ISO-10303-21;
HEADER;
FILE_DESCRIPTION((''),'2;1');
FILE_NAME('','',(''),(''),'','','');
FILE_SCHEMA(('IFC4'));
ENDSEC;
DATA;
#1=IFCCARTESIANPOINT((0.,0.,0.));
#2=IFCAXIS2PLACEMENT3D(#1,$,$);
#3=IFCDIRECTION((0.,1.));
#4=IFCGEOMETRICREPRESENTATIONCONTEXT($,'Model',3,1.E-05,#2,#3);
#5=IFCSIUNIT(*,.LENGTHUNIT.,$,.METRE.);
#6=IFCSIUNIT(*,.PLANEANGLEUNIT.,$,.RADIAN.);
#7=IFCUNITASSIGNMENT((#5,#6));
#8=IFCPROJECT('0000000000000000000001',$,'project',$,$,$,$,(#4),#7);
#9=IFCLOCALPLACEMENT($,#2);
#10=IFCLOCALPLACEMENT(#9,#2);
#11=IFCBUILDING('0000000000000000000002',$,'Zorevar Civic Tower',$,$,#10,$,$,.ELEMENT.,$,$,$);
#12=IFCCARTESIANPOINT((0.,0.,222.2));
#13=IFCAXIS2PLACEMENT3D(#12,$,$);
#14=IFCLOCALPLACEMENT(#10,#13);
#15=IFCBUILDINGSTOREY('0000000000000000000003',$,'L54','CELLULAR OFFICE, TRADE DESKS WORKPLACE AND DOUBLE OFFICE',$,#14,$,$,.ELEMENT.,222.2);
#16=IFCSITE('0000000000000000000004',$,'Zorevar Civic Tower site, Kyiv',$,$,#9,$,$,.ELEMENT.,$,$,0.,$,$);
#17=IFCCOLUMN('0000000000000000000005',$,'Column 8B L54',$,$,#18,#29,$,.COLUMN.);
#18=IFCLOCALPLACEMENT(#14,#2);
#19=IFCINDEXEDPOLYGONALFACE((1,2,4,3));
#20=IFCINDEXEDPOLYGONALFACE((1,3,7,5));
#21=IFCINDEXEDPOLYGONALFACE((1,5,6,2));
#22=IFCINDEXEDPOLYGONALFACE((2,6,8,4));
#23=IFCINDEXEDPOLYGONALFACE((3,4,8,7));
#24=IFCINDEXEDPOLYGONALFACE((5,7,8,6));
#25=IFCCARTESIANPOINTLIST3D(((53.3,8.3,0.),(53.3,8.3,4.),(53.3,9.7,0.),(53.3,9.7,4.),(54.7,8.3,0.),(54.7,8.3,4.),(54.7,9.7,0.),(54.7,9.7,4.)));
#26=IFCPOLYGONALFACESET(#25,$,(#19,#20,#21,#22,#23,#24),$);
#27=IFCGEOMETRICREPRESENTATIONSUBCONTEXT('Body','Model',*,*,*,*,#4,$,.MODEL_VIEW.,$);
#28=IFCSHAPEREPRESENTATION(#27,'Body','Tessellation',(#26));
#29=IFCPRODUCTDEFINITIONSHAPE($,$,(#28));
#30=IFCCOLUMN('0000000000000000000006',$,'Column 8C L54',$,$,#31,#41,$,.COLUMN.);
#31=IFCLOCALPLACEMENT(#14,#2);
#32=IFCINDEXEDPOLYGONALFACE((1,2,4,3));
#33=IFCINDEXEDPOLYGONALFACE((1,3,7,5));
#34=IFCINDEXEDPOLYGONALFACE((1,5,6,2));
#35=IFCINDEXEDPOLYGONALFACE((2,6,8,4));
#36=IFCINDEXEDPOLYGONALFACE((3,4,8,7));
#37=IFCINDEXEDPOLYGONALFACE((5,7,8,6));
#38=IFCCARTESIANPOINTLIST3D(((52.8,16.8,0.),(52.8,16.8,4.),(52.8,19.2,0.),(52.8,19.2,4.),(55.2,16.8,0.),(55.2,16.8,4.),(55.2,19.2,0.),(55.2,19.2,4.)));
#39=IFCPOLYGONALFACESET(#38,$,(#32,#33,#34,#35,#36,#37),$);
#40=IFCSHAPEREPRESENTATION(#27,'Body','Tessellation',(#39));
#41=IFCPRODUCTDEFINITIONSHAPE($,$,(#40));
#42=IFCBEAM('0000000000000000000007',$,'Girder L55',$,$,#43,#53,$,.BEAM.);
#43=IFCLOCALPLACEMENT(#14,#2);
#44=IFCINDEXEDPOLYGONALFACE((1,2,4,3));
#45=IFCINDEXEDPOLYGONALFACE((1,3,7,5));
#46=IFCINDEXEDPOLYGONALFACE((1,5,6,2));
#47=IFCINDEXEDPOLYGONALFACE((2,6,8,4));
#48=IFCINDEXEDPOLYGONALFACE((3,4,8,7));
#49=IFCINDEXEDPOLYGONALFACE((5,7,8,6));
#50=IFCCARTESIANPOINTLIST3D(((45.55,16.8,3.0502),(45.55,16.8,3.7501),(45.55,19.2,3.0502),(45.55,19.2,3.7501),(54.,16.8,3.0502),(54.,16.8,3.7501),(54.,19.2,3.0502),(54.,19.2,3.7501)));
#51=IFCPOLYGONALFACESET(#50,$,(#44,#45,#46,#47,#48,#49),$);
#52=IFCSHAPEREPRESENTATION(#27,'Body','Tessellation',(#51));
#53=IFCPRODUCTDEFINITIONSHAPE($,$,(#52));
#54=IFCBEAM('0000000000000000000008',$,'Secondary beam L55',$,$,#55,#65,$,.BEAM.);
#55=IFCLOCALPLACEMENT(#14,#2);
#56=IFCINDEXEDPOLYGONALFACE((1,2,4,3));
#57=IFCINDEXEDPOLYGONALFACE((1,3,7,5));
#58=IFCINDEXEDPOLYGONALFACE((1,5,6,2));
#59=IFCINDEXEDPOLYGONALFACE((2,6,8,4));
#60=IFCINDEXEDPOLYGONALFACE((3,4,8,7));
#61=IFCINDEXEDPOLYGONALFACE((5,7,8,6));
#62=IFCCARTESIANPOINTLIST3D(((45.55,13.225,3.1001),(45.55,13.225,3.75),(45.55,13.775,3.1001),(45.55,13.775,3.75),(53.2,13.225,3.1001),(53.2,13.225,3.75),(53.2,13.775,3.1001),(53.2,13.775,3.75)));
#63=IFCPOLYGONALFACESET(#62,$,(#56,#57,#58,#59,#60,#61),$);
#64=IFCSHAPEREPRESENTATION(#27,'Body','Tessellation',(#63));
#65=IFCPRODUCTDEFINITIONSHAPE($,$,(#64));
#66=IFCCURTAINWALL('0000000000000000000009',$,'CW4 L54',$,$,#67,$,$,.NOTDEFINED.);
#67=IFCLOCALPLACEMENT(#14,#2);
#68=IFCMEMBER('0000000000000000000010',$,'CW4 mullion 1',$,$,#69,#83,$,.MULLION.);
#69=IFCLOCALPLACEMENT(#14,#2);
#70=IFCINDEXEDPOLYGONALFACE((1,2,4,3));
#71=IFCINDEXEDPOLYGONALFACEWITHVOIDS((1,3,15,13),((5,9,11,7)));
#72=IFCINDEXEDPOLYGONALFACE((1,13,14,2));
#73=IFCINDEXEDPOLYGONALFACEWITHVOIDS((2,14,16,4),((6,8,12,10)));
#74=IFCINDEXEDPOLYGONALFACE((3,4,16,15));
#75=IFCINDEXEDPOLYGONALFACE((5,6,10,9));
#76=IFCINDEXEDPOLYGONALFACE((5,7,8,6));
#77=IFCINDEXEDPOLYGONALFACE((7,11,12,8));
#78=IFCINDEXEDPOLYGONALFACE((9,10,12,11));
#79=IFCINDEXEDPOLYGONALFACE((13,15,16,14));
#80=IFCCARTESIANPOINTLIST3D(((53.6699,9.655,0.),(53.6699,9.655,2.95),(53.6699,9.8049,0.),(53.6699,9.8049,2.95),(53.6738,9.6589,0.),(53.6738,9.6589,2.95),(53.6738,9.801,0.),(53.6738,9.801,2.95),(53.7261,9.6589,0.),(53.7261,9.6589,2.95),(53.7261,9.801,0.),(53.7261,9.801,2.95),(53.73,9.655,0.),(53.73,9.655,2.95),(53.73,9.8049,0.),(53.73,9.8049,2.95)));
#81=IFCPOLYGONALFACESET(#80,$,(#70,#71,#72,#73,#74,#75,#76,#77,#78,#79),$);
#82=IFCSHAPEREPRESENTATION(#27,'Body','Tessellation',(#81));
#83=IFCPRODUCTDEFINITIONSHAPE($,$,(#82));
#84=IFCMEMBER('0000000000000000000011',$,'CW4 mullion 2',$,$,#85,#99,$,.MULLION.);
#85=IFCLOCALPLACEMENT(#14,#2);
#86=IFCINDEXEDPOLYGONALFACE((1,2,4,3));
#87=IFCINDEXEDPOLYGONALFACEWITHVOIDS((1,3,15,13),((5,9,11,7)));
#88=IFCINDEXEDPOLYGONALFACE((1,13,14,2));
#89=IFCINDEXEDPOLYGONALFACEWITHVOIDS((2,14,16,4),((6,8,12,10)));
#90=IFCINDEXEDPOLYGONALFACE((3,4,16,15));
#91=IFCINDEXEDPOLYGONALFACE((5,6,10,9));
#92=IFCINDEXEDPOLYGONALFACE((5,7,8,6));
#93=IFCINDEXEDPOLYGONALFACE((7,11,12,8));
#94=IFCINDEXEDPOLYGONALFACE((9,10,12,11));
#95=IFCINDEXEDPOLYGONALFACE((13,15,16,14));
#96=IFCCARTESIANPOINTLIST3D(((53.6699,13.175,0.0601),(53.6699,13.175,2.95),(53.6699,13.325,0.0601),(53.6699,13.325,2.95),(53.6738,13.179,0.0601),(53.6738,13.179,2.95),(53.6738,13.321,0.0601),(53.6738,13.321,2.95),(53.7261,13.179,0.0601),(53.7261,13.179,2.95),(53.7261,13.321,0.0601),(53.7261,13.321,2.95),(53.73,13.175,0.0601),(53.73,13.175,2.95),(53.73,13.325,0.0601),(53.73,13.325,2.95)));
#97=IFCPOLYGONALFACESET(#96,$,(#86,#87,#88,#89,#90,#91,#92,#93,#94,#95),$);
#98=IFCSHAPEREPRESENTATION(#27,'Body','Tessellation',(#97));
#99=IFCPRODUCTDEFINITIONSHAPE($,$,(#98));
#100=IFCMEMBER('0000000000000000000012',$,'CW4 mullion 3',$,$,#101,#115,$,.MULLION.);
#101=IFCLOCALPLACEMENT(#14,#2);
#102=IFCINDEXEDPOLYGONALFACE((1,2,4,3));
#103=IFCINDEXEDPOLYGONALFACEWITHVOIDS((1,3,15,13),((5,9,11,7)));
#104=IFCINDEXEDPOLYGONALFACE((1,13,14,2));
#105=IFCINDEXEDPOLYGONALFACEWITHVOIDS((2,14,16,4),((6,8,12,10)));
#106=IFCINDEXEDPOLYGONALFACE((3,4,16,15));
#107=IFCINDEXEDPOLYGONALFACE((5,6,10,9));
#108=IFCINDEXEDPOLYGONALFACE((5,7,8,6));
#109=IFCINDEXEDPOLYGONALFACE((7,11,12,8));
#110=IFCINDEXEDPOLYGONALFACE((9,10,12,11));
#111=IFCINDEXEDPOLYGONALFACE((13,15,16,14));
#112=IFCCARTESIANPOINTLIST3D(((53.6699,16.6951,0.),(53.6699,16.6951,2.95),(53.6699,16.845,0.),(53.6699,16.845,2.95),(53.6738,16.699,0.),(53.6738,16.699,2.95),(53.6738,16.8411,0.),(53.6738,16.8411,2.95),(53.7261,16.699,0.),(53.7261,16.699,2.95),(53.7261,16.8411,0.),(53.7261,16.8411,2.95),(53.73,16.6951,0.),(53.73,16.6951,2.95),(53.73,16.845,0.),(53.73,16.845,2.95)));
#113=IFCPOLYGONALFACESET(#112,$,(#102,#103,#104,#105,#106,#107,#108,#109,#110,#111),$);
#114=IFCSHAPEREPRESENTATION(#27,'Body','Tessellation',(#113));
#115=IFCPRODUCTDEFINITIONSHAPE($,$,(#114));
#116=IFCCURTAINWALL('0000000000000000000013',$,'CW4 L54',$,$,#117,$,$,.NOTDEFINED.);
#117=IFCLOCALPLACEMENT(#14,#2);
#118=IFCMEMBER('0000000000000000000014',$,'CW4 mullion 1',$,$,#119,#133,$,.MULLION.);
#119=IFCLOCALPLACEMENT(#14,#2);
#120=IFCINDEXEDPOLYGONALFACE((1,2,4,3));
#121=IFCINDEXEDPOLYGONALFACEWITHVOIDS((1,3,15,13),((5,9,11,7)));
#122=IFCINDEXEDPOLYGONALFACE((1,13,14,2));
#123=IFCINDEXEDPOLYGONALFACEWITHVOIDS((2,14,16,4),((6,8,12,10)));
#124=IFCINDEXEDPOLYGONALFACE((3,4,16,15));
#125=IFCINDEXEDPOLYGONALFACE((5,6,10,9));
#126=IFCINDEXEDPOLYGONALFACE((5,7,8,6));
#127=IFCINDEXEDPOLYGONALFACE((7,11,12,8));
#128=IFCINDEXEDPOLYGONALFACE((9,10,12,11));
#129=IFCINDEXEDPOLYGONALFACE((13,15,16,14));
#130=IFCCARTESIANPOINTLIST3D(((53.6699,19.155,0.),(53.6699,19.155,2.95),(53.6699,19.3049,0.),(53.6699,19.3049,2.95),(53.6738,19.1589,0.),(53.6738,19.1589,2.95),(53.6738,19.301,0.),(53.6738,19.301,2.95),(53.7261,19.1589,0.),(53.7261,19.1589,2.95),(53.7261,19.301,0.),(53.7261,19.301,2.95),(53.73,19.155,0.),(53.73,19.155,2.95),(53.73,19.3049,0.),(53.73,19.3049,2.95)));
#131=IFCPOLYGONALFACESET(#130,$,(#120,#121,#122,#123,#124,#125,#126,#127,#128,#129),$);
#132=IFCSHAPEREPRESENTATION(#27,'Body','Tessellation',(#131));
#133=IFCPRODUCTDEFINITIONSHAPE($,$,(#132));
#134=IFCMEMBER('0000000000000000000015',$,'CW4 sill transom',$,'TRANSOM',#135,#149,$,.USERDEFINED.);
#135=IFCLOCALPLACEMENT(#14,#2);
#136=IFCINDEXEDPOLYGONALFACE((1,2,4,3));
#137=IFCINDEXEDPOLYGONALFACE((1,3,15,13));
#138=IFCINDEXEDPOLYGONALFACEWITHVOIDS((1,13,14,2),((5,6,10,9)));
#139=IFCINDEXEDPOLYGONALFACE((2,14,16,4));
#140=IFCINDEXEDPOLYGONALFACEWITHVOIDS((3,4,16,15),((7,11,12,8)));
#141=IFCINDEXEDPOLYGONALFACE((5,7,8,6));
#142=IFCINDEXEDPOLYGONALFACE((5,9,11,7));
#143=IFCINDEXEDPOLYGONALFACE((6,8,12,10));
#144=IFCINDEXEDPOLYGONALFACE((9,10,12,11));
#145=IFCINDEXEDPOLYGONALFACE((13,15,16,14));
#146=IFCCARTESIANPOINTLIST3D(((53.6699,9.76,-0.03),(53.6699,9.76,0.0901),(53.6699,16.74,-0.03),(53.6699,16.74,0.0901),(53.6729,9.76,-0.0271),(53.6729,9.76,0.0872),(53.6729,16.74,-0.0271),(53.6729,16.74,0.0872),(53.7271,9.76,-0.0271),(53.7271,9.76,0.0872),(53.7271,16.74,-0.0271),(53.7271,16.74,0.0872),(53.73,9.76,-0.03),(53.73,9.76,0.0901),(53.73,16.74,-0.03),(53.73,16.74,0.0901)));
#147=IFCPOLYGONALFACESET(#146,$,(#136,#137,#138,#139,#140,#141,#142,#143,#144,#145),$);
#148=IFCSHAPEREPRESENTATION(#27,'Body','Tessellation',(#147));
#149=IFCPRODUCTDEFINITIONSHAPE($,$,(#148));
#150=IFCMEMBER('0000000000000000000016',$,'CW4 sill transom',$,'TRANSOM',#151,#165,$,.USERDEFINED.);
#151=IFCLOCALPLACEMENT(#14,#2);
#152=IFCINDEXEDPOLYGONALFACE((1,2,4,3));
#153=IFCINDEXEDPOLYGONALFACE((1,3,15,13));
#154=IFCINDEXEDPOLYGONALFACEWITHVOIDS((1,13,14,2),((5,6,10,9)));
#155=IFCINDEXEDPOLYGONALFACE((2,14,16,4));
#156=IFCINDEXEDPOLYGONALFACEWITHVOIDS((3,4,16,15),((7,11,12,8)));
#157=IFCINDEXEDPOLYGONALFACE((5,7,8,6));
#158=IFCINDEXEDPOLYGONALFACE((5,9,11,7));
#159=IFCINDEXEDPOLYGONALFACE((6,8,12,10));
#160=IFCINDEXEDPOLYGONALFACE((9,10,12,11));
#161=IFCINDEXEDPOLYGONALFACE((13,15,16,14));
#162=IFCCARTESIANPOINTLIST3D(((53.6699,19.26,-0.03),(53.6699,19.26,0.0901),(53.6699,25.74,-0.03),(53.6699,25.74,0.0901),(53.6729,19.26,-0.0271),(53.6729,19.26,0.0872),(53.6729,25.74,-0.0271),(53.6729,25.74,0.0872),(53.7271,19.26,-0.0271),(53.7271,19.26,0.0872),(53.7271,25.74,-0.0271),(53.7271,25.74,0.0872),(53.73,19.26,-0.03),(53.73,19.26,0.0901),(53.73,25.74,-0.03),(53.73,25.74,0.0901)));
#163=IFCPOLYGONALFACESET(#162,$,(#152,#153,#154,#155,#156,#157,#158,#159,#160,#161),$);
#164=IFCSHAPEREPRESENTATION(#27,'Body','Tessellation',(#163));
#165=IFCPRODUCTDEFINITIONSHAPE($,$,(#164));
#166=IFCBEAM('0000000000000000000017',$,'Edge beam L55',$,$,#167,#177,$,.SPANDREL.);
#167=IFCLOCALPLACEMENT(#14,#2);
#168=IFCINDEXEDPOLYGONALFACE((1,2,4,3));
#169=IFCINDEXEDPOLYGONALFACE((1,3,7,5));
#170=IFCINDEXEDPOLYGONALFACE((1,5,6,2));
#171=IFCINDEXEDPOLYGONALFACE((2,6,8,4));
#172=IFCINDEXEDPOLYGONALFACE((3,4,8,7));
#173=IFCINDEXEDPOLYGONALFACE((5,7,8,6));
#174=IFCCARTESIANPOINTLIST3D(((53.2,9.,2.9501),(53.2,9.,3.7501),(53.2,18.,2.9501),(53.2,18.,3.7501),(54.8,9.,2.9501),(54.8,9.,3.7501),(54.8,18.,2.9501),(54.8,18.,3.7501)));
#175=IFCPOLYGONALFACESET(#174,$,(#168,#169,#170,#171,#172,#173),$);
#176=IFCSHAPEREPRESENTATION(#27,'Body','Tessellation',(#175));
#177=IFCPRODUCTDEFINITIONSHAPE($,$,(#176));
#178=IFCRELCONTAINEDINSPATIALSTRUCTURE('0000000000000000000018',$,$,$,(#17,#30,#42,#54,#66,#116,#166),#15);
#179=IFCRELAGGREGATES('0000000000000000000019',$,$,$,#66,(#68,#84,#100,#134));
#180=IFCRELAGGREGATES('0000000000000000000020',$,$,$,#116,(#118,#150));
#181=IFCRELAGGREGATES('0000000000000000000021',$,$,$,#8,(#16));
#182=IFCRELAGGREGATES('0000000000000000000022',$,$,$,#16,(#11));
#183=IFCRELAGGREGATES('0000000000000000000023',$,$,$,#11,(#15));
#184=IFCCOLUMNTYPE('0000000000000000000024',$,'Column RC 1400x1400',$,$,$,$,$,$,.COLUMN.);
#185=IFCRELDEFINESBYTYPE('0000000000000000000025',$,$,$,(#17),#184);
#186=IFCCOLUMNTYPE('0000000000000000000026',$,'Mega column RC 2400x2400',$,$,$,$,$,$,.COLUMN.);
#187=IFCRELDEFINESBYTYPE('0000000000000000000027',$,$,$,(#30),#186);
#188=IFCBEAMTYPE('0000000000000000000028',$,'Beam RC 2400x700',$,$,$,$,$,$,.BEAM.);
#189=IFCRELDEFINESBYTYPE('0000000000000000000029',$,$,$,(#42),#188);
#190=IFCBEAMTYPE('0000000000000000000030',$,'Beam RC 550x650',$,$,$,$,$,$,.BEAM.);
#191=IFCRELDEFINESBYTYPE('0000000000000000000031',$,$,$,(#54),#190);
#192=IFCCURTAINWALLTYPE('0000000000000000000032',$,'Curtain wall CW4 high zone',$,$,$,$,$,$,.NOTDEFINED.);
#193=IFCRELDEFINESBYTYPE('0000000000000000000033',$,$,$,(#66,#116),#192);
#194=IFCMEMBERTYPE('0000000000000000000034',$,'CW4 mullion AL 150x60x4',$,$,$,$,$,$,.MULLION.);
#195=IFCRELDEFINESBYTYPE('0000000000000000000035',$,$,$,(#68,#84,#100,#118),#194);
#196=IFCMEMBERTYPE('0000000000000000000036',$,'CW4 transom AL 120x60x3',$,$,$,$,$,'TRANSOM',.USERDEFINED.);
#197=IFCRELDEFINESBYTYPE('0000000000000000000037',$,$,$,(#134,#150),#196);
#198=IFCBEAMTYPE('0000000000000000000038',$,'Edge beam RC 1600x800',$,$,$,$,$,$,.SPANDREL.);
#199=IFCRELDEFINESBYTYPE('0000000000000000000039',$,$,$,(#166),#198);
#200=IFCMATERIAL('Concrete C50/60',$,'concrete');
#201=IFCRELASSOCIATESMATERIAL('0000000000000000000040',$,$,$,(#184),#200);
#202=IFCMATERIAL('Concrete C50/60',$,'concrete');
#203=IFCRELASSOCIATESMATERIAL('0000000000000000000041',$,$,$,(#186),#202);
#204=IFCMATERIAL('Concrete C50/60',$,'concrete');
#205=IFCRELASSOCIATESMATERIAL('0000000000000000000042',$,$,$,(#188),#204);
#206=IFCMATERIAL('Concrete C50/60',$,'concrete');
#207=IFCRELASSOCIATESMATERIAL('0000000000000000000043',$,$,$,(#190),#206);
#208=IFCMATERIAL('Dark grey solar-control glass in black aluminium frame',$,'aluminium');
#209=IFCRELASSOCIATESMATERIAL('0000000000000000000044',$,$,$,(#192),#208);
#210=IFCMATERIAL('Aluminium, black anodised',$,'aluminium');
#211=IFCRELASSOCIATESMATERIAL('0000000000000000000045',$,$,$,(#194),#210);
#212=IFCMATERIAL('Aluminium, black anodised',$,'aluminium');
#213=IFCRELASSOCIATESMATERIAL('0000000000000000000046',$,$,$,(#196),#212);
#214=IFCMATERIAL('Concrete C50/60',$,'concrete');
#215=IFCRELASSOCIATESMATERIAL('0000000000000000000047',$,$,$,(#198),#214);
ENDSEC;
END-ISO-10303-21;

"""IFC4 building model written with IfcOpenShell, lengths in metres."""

from ifc_helpers import new_model, si_unit, direction, frame, origin, origin_2d, place, context, subcontext, project, spatial, rectangle, hollow_rectangle, extrude, material, material_profile, profile_set, type_object, element, aggregate, save


model = new_model("IFC4")

# Units and contexts
model_context = context("Model", 3, precision=1e-05, world=origin(), true_north=direction((0.0, 1.0)))
body_context = subcontext(model_context, "Body", "Model", "MODEL_VIEW")
ifc_project = project(units=[si_unit("LENGTHUNIT", "METRE"), si_unit("PLANEANGLEUNIT", "RADIAN")], contexts=[model_context])

# Site, building, storey
site_placement = place(None, origin())
site = spatial("IfcSite", under=ifc_project, at=site_placement, Name="Zorevar Civic Tower site, Kyiv", CompositionType="ELEMENT", RefElevation=0.0)
building_placement = place(site_placement, origin())
building = spatial("IfcBuilding", under=site, at=building_placement, Name="Zorevar Civic Tower", CompositionType="ELEMENT")
storey_placement = place(building_placement, frame((0.0, 0.0, 222.2)))
storey = spatial("IfcBuildingStorey", under=building, at=storey_placement, Name="L54", Description="CELLULAR OFFICE, TRADE DESKS WORKPLACE AND DOUBLE OFFICE", CompositionType="ELEMENT", Elevation=222.2)

# Columns
ifc_material_1 = material(Name="Concrete C50/60", Category="concrete")
ifc_material_profile_1 = material_profile(ifc_material_1, rectangle(XDim=1.3999, YDim=1.3999, at=origin_2d()), Name="RC 1400x1400")
ifc_profile_set_1 = profile_set([ifc_material_profile_1], Name="Concrete C50/60")
column_type_1 = type_object("IfcColumnType", Name="Column RC 1400x1400", PredefinedType="COLUMN", material=ifc_profile_set_1)
column_1_placement = place(storey_placement, frame((54.0, 9.0, 0.0), z_axis=(0.0, 0.0, 1.0), x_axis=(1.0, 0.0, 0.0)))
element("IfcColumn", 1, at=column_1_placement, inside=storey, type_object=column_type_1, Name="Column 8B L54", PredefinedType="COLUMN", context=body_context, shape_type="SweptSolid", body=[
    extrude(rectangle(XDim=1.3999, YDim=1.3999, at=origin_2d()), origin(), (0.0, 0.0, 1.0), 4.0),
])
ifc_material_2 = material(Name="Concrete C50/60", Category="concrete")
ifc_material_profile_2 = material_profile(ifc_material_2, rectangle(XDim=2.3999, YDim=2.3999, at=origin_2d()), Name="RC 2400x2400")
ifc_profile_set_2 = profile_set([ifc_material_profile_2], Name="Concrete C50/60")
column_type_2 = type_object("IfcColumnType", Name="Mega column RC 2400x2400", PredefinedType="COLUMN", material=ifc_profile_set_2)
column_2_placement = place(storey_placement, frame((54.0, 18.0, 0.0), z_axis=(0.0, 0.0, 1.0), x_axis=(1.0, 0.0, 0.0)))
element("IfcColumn", 2, at=column_2_placement, inside=storey, type_object=column_type_2, Name="Column 8C L54", PredefinedType="COLUMN", context=body_context, shape_type="SweptSolid", body=[
    extrude(rectangle(XDim=2.3999, YDim=2.3999, at=origin_2d()), origin(), (0.0, 0.0, 1.0), 4.0),
])

# Beams
ifc_material_3 = material(Name="Concrete C50/60", Category="concrete")
ifc_material_profile_3 = material_profile(ifc_material_3, rectangle(XDim=2.3999, YDim=0.7, at=origin_2d()), Name="RC 2400x700")
ifc_profile_set_3 = profile_set([ifc_material_profile_3], Name="Concrete C50/60")
beam_type_1 = type_object("IfcBeamType", Name="Beam RC 2400x700", PredefinedType="BEAM", material=ifc_profile_set_3)
beam_1_placement = place(storey_placement, frame((45.55, 18.0, 3.4001), z_axis=(1.0, 0.0, 0.0), x_axis=(0.0, 1.0, 0.0)))
element("IfcBeam", 3, at=beam_1_placement, inside=storey, type_object=beam_type_1, Name="Girder L55", PredefinedType="BEAM", context=body_context, shape_type="SweptSolid", body=[
    extrude(rectangle(XDim=2.3999, YDim=0.7, at=origin_2d()), origin(), (0.0, 0.0, 1.0), 8.45),
])
ifc_material_4 = material(Name="Concrete C50/60", Category="concrete")
ifc_material_profile_4 = material_profile(ifc_material_4, rectangle(XDim=0.55, YDim=0.6499, at=origin_2d()), Name="RC 550x650")
ifc_profile_set_4 = profile_set([ifc_material_profile_4], Name="Concrete C50/60")
beam_type_2 = type_object("IfcBeamType", Name="Beam RC 550x650", PredefinedType="BEAM", material=ifc_profile_set_4)
beam_2_placement = place(storey_placement, frame((45.55, 13.5, 3.425), z_axis=(1.0, 0.0, 0.0), x_axis=(0.0, 1.0, 0.0)))
element("IfcBeam", 4, at=beam_2_placement, inside=storey, type_object=beam_type_2, Name="Secondary beam L55", PredefinedType="BEAM", context=body_context, shape_type="SweptSolid", body=[
    extrude(rectangle(XDim=0.55, YDim=0.6499, at=origin_2d()), origin(), (0.0, 0.0, 1.0), 7.6499),
])

# Curtain wall, members
ifc_material_5 = material(Name="Dark grey solar-control glass in black aluminium frame", Category="aluminium")
curtain_wall_type = type_object("IfcCurtainWallType", Name="Curtain wall CW4 high zone", PredefinedType="NOTDEFINED", material=ifc_material_5)
curtain_wall_1_placement = place(storey_placement, origin())
curtain_wall_1 = element("IfcCurtainWall", 5, at=curtain_wall_1_placement, inside=storey, type_object=curtain_wall_type, Name="CW4 L54", PredefinedType="NOTDEFINED")
ifc_material_6 = material(Name="Aluminium, black anodised", Category="aluminium")
ifc_material_profile_5 = material_profile(ifc_material_6, hollow_rectangle(XDim=0.0601, YDim=0.1499, WallThickness=0.0039, at=origin_2d()), Name="AL 150x60x4")
ifc_profile_set_5 = profile_set([ifc_material_profile_5], Name="Aluminium, black anodised")
member_type_1 = type_object("IfcMemberType", Name="CW4 mullion AL 150x60x4", PredefinedType="MULLION", material=ifc_profile_set_5)
member_1_placement = place(storey_placement, frame((53.7, 9.73, 0.0), z_axis=(0.0, 0.0, 1.0), x_axis=(-1.0, 0.0, 0.0)))
member_1 = element("IfcMember", 6, at=member_1_placement, type_object=member_type_1, Name="CW4 mullion 1", PredefinedType="MULLION", context=body_context, shape_type="SweptSolid", body=[
    extrude(hollow_rectangle(XDim=0.0601, YDim=0.1499, WallThickness=0.0039, at=origin_2d()), origin(), (0.0, 0.0, 1.0), 2.95),
])
member_2_placement = place(storey_placement, frame((53.7, 13.25, 0.0601), z_axis=(0.0, 0.0, 1.0), x_axis=(-1.0, 0.0, 0.0)))
member_2 = element("IfcMember", 7, at=member_2_placement, type_object=member_type_1, Name="CW4 mullion 2", PredefinedType="MULLION", context=body_context, shape_type="SweptSolid", body=[
    extrude(hollow_rectangle(XDim=0.0601, YDim=0.1499, WallThickness=0.0039, at=origin_2d()), origin(), (0.0, 0.0, 1.0), 2.8899),
])
member_3_placement = place(storey_placement, frame((53.7, 16.77, 0.0), z_axis=(0.0, 0.0, 1.0), x_axis=(-1.0, 0.0, 0.0)))
member_3 = element("IfcMember", 8, at=member_3_placement, type_object=member_type_1, Name="CW4 mullion 3", PredefinedType="MULLION", context=body_context, shape_type="SweptSolid", body=[
    extrude(hollow_rectangle(XDim=0.0601, YDim=0.1499, WallThickness=0.0039, at=origin_2d()), origin(), (0.0, 0.0, 1.0), 2.95),
])

# Curtain wall, member
curtain_wall_2_placement = place(storey_placement, origin())
curtain_wall_2 = element("IfcCurtainWall", 9, at=curtain_wall_2_placement, inside=storey, type_object=curtain_wall_type, Name="CW4 L54", PredefinedType="NOTDEFINED")
member_4_placement = place(storey_placement, frame((53.7, 19.23, 0.0), z_axis=(0.0, 0.0, 1.0), x_axis=(-1.0, 0.0, 0.0)))
member_4 = element("IfcMember", 10, at=member_4_placement, type_object=member_type_1, Name="CW4 mullion 1", PredefinedType="MULLION", context=body_context, shape_type="SweptSolid", body=[
    extrude(hollow_rectangle(XDim=0.0601, YDim=0.1499, WallThickness=0.0039, at=origin_2d()), origin(), (0.0, 0.0, 1.0), 2.95),
])

# Members
ifc_material_7 = material(Name="Aluminium, black anodised", Category="aluminium")
ifc_material_profile_6 = material_profile(ifc_material_7, hollow_rectangle(XDim=0.0601, YDim=0.1201, WallThickness=0.0029, at=origin_2d()), Name="AL 120x60x3")
ifc_profile_set_6 = profile_set([ifc_material_profile_6], Name="Aluminium, black anodised")
member_type_2 = type_object("IfcMemberType", Name="CW4 transom AL 120x60x3", ElementType="TRANSOM", PredefinedType="USERDEFINED", material=ifc_profile_set_6)
member_5_placement = place(storey_placement, frame((53.7, 9.76, 0.03), z_axis=(0.0, 1.0, 0.0), x_axis=(-1.0, 0.0, 0.0)))
member_5 = element("IfcMember", 11, at=member_5_placement, type_object=member_type_2, Name="CW4 sill transom", ObjectType="TRANSOM", PredefinedType="USERDEFINED", context=body_context, shape_type="SweptSolid", body=[
    extrude(hollow_rectangle(XDim=0.0601, YDim=0.1201, WallThickness=0.0029, at=origin_2d()), origin(), (0.0, 0.0, 1.0), 6.98),
])
member_6_placement = place(storey_placement, frame((53.7, 19.26, 0.03), z_axis=(0.0, 1.0, 0.0), x_axis=(-1.0, 0.0, 0.0)))
member_6 = element("IfcMember", 12, at=member_6_placement, type_object=member_type_2, Name="CW4 sill transom", ObjectType="TRANSOM", PredefinedType="USERDEFINED", context=body_context, shape_type="SweptSolid", body=[
    extrude(hollow_rectangle(XDim=0.0601, YDim=0.1201, WallThickness=0.0029, at=origin_2d()), origin(), (0.0, 0.0, 1.0), 6.48),
])

# Beam
ifc_material_8 = material(Name="Concrete C50/60", Category="concrete")
ifc_material_profile_7 = material_profile(ifc_material_8, rectangle(XDim=1.6001, YDim=0.8, at=origin_2d()), Name="RC 1600x800")
ifc_profile_set_7 = profile_set([ifc_material_profile_7], Name="Concrete C50/60")
beam_type_3 = type_object("IfcBeamType", Name="Edge beam RC 1600x800", PredefinedType="SPANDREL", material=ifc_profile_set_7)
for number, where, z_axis, x_axis, name in (
    (13, (54.0, 9.0, 3.3501), (0.0, 1.0, 0.0), (-1.0, 0.0, 0.0), "Edge beam L55"),
):
    element("IfcBeam", number, at=place(storey_placement, frame(where, z_axis=z_axis, x_axis=x_axis)), inside=storey, type_object=beam_type_3, Name=name, PredefinedType="SPANDREL", context=body_context, shape_type="SweptSolid", body=[
        extrude(rectangle(XDim=1.6001, YDim=0.8, at=origin_2d()), origin(), (0.0, 0.0, 1.0), 9.0),
    ])

aggregate(curtain_wall_1, [member_1, member_2, member_3, member_5])
aggregate(curtain_wall_2, [member_4, member_6])

save(model, "model.ifc")
